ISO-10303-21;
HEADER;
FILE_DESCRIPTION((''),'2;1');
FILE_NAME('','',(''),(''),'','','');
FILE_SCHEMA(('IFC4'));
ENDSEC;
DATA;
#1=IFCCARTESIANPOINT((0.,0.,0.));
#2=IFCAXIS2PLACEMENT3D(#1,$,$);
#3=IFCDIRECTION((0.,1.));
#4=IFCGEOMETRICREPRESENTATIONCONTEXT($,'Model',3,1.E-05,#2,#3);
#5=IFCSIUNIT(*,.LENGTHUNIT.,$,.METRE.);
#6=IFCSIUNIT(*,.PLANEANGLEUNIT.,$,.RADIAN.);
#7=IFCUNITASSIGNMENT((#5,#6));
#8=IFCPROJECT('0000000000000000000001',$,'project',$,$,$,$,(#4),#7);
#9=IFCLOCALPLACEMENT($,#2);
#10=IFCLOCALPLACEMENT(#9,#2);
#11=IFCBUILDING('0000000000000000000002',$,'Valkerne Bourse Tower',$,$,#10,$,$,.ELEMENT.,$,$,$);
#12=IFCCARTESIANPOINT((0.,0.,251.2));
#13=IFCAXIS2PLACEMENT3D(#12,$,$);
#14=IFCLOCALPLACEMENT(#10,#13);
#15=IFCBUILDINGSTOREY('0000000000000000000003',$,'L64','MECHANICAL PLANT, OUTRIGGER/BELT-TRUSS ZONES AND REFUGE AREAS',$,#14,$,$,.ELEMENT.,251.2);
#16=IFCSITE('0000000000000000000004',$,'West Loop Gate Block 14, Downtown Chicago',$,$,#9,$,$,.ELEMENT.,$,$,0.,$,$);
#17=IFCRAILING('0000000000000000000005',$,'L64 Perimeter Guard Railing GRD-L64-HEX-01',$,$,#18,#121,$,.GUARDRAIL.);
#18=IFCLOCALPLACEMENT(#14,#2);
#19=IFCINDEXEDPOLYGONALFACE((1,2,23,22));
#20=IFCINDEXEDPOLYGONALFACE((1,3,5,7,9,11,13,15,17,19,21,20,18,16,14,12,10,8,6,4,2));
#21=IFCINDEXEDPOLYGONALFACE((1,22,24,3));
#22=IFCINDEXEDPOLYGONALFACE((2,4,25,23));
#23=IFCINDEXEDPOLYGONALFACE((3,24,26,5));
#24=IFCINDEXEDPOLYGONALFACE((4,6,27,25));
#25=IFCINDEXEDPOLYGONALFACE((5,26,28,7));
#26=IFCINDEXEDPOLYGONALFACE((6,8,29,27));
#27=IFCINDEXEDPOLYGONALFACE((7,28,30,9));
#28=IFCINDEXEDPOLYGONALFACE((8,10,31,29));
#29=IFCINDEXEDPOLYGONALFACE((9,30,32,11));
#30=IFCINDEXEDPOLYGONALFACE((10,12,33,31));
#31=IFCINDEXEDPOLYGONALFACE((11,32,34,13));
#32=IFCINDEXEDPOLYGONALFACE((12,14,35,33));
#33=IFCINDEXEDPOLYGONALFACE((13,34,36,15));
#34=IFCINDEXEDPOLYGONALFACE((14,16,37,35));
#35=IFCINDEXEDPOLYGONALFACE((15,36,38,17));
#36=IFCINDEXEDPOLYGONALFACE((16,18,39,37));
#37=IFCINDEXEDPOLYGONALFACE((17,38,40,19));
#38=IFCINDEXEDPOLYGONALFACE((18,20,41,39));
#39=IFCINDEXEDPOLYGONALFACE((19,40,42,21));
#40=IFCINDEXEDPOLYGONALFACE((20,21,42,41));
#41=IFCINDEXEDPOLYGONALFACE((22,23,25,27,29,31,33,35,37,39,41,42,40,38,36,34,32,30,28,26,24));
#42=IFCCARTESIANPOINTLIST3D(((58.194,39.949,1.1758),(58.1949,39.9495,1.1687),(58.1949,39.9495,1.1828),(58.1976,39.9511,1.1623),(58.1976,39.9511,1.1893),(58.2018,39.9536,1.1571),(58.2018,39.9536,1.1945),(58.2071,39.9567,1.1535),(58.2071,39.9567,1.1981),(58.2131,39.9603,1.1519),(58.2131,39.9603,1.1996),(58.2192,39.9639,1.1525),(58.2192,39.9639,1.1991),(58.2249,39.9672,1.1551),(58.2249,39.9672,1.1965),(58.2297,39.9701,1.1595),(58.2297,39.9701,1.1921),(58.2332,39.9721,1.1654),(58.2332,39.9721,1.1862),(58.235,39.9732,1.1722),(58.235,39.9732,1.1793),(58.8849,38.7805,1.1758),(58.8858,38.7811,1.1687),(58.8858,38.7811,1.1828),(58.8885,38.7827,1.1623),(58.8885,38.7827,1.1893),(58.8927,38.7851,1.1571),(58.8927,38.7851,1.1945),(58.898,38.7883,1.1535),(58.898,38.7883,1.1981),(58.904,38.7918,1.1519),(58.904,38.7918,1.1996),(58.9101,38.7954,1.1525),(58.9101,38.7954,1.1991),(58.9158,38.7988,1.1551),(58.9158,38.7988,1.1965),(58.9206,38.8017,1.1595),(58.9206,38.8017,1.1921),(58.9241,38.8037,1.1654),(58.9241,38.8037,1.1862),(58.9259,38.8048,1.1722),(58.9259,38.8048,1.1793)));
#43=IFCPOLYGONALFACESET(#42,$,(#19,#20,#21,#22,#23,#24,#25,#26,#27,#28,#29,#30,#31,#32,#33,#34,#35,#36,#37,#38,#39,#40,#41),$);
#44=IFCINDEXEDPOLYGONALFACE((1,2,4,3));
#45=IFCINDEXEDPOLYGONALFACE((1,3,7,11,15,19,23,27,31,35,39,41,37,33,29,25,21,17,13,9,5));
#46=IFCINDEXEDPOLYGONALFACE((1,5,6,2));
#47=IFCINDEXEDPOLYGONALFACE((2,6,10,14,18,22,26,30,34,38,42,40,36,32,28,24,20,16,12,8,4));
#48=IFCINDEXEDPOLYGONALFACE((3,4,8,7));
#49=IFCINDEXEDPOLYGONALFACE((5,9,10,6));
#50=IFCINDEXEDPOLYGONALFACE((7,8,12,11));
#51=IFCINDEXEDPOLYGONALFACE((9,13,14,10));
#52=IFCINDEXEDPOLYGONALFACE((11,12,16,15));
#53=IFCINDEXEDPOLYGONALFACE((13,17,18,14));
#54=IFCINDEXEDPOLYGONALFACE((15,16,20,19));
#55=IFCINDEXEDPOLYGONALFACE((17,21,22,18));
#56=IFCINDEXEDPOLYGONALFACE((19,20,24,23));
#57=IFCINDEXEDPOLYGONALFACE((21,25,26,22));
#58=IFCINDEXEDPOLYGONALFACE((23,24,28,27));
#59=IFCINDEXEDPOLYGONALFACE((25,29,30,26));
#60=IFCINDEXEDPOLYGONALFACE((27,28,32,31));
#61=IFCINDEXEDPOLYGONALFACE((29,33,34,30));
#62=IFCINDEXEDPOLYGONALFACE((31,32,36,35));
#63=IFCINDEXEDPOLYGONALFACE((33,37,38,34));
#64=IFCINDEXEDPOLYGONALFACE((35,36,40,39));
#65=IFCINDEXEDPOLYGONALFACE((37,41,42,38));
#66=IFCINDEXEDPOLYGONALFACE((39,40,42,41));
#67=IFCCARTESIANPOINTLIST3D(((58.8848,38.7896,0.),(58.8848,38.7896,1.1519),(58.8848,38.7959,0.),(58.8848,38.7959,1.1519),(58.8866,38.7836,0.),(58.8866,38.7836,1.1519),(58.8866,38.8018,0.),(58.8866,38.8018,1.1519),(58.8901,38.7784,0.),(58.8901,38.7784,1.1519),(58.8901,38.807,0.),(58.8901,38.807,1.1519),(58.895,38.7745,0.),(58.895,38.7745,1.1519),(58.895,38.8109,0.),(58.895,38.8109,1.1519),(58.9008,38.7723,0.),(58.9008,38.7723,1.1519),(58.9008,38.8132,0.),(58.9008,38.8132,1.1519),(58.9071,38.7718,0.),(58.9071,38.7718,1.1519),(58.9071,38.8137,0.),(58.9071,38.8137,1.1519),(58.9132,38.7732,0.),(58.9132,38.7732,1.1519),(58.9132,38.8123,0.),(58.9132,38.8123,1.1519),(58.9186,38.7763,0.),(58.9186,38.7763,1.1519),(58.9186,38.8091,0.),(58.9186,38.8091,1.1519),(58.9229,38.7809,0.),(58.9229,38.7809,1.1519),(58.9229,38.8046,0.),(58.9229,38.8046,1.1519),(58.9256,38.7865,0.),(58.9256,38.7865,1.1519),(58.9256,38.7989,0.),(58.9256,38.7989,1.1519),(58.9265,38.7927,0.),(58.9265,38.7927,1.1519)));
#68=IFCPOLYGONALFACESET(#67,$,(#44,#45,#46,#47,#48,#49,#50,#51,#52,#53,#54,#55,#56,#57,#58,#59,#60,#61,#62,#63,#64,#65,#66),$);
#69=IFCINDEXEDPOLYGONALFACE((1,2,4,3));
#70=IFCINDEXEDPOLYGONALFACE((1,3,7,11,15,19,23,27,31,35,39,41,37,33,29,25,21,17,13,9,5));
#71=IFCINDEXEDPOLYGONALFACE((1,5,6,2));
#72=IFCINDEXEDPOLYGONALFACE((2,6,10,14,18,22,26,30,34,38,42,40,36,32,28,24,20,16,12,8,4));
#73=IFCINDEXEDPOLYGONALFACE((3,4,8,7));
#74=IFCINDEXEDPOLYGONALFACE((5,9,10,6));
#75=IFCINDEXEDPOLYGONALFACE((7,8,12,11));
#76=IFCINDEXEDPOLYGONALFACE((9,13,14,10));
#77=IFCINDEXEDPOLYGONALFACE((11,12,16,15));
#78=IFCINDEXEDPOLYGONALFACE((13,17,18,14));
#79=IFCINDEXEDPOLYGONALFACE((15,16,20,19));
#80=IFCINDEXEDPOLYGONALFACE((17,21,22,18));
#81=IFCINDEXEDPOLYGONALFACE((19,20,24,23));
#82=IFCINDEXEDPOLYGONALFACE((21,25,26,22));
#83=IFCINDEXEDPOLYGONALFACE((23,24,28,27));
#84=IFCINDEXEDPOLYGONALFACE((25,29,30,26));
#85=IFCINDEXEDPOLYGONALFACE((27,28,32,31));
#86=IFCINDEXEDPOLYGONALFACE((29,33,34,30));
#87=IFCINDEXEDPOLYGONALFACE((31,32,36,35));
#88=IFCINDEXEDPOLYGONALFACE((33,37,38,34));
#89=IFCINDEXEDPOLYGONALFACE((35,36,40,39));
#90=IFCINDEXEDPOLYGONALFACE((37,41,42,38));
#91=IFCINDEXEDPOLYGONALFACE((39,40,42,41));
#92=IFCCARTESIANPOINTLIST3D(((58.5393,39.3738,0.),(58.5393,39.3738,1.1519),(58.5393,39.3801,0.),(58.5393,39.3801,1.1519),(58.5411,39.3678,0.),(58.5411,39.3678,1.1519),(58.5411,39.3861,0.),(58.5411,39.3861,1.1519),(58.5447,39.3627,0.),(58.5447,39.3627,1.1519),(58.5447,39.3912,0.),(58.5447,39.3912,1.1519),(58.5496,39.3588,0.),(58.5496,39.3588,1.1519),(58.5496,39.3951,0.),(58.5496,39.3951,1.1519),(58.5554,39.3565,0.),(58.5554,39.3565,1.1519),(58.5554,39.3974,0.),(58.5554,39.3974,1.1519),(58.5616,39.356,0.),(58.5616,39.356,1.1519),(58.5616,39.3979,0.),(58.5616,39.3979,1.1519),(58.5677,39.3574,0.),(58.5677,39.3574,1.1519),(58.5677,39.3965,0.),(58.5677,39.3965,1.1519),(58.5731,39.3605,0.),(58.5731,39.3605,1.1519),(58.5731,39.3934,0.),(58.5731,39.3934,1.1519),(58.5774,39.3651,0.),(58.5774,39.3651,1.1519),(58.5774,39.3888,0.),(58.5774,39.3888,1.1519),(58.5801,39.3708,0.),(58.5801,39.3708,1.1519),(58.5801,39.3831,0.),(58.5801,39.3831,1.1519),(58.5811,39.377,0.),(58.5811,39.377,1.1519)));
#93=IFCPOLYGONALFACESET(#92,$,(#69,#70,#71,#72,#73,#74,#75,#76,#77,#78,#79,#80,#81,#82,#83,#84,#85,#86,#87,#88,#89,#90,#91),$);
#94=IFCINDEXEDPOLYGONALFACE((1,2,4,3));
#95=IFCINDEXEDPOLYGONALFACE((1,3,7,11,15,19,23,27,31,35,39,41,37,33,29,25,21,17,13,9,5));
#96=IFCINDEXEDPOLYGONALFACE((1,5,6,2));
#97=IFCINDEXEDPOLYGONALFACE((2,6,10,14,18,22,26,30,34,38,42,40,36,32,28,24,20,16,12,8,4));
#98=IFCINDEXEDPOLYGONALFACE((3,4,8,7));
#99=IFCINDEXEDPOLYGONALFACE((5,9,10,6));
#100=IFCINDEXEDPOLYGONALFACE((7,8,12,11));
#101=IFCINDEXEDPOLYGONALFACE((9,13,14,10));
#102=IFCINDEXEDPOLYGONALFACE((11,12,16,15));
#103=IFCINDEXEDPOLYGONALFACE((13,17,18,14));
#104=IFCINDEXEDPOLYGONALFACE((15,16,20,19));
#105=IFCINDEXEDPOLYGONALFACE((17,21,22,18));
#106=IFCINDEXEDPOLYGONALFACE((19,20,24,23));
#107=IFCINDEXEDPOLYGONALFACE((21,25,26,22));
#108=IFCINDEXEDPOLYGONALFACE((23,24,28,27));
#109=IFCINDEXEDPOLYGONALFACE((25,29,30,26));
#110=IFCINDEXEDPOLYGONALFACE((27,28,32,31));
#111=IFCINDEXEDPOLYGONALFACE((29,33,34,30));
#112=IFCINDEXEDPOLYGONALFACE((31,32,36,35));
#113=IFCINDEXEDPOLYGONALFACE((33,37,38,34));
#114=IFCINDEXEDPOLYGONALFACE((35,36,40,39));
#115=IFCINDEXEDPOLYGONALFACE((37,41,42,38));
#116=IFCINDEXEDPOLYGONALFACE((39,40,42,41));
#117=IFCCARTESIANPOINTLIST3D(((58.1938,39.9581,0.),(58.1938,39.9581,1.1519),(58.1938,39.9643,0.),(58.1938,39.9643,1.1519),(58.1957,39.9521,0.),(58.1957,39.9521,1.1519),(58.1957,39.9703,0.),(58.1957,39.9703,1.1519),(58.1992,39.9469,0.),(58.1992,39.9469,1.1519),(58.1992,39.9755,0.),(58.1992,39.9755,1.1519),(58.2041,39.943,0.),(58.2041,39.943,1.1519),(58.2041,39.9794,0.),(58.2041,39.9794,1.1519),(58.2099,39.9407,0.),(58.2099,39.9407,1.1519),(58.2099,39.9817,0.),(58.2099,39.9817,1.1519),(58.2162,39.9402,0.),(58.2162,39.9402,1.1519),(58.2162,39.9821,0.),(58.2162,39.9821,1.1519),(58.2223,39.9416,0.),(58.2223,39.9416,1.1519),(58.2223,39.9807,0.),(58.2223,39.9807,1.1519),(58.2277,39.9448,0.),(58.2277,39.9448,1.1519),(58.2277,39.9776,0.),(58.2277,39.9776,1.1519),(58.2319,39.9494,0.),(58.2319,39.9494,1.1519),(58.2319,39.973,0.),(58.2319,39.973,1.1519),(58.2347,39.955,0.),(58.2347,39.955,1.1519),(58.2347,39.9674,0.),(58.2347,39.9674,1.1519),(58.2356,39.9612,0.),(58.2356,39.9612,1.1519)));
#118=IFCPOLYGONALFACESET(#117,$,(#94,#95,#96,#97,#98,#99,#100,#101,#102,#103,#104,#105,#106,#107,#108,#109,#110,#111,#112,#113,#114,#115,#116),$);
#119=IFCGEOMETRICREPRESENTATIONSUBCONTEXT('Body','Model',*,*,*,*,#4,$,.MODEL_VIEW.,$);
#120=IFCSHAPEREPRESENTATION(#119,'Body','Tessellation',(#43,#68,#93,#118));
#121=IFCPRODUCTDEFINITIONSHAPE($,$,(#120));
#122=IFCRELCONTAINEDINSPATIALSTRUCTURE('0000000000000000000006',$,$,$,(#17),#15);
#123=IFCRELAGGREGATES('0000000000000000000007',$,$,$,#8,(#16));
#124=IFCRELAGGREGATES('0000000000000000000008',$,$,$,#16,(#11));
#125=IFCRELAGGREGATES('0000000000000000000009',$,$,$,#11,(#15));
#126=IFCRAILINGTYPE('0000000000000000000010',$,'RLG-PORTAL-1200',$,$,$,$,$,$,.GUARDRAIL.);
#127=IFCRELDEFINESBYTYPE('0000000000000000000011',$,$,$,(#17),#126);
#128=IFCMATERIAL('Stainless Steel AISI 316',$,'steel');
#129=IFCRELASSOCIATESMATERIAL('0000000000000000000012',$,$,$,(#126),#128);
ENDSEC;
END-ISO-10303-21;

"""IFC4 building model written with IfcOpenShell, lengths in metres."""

from ifc_helpers import new_model, si_unit, direction, frame, origin, origin_2d, place, context, subcontext, project, spatial, circle, extrude, material, type_object, element, save


model = new_model("IFC4")

# Units and contexts
model_context = context("Model", 3, precision=1e-05, world=origin(), true_north=direction((0.0, 1.0)))
body_context = subcontext(model_context, "Body", "Model", "MODEL_VIEW")
ifc_project = project(units=[si_unit("LENGTHUNIT", "METRE"), si_unit("PLANEANGLEUNIT", "RADIAN")], contexts=[model_context])

# Site, building, storey
site_placement = place(None, origin())
site = spatial("IfcSite", under=ifc_project, at=site_placement, Name="West Loop Gate Block 14, Downtown Chicago", CompositionType="ELEMENT", RefElevation=0.0)
building_placement = place(site_placement, origin())
building = spatial("IfcBuilding", under=site, at=building_placement, Name="Valkerne Bourse Tower", CompositionType="ELEMENT")
storey_placement = place(building_placement, frame((0.0, 0.0, 251.2)))
storey = spatial("IfcBuildingStorey", under=building, at=storey_placement, Name="L64", Description="MECHANICAL PLANT, OUTRIGGER/BELT-TRUSS ZONES AND REFUGE AREAS", CompositionType="ELEMENT", Elevation=251.2)

# Railing
ifc_material_1 = material(Name="Stainless Steel AISI 316", Category="steel")
railing_type = type_object("IfcRailingType", Name="RLG-PORTAL-1200", PredefinedType="GUARDRAIL", material=ifc_material_1)
railing_1_placement = place(storey_placement, frame((58.9055, 38.7927, 0.0)))
element("IfcRailing", 1, at=railing_1_placement, inside=storey, type_object=railing_type, Name="L64 Perimeter Guard Railing GRD-L64-HEX-01", PredefinedType="GUARDRAIL", context=body_context, shape_type="SweptSolid", body=[
    extrude(circle(Radius=0.0239, at=origin_2d()), frame((0.0, 0.0, 1.1758), z_axis=(-0.508984, 0.860776, 0.0), x_axis=(-0.860776, -0.508984, 0.0)), (0.0, 0.0, 1.0), 1.3574),
    extrude(circle(Radius=0.021, at=origin_2d()), origin(), (0.0, 0.0, 1.0), 1.1519),
    extrude(circle(Radius=0.021, at=origin_2d()), frame((-0.3455, 0.5842, 0.0)), (0.0, 0.0, 1.0), 1.1519),
    extrude(circle(Radius=0.021, at=origin_2d()), frame((-0.6909, 1.1685, 0.0)), (0.0, 0.0, 1.0), 1.1519),
])

save(model, "model.ifc")
